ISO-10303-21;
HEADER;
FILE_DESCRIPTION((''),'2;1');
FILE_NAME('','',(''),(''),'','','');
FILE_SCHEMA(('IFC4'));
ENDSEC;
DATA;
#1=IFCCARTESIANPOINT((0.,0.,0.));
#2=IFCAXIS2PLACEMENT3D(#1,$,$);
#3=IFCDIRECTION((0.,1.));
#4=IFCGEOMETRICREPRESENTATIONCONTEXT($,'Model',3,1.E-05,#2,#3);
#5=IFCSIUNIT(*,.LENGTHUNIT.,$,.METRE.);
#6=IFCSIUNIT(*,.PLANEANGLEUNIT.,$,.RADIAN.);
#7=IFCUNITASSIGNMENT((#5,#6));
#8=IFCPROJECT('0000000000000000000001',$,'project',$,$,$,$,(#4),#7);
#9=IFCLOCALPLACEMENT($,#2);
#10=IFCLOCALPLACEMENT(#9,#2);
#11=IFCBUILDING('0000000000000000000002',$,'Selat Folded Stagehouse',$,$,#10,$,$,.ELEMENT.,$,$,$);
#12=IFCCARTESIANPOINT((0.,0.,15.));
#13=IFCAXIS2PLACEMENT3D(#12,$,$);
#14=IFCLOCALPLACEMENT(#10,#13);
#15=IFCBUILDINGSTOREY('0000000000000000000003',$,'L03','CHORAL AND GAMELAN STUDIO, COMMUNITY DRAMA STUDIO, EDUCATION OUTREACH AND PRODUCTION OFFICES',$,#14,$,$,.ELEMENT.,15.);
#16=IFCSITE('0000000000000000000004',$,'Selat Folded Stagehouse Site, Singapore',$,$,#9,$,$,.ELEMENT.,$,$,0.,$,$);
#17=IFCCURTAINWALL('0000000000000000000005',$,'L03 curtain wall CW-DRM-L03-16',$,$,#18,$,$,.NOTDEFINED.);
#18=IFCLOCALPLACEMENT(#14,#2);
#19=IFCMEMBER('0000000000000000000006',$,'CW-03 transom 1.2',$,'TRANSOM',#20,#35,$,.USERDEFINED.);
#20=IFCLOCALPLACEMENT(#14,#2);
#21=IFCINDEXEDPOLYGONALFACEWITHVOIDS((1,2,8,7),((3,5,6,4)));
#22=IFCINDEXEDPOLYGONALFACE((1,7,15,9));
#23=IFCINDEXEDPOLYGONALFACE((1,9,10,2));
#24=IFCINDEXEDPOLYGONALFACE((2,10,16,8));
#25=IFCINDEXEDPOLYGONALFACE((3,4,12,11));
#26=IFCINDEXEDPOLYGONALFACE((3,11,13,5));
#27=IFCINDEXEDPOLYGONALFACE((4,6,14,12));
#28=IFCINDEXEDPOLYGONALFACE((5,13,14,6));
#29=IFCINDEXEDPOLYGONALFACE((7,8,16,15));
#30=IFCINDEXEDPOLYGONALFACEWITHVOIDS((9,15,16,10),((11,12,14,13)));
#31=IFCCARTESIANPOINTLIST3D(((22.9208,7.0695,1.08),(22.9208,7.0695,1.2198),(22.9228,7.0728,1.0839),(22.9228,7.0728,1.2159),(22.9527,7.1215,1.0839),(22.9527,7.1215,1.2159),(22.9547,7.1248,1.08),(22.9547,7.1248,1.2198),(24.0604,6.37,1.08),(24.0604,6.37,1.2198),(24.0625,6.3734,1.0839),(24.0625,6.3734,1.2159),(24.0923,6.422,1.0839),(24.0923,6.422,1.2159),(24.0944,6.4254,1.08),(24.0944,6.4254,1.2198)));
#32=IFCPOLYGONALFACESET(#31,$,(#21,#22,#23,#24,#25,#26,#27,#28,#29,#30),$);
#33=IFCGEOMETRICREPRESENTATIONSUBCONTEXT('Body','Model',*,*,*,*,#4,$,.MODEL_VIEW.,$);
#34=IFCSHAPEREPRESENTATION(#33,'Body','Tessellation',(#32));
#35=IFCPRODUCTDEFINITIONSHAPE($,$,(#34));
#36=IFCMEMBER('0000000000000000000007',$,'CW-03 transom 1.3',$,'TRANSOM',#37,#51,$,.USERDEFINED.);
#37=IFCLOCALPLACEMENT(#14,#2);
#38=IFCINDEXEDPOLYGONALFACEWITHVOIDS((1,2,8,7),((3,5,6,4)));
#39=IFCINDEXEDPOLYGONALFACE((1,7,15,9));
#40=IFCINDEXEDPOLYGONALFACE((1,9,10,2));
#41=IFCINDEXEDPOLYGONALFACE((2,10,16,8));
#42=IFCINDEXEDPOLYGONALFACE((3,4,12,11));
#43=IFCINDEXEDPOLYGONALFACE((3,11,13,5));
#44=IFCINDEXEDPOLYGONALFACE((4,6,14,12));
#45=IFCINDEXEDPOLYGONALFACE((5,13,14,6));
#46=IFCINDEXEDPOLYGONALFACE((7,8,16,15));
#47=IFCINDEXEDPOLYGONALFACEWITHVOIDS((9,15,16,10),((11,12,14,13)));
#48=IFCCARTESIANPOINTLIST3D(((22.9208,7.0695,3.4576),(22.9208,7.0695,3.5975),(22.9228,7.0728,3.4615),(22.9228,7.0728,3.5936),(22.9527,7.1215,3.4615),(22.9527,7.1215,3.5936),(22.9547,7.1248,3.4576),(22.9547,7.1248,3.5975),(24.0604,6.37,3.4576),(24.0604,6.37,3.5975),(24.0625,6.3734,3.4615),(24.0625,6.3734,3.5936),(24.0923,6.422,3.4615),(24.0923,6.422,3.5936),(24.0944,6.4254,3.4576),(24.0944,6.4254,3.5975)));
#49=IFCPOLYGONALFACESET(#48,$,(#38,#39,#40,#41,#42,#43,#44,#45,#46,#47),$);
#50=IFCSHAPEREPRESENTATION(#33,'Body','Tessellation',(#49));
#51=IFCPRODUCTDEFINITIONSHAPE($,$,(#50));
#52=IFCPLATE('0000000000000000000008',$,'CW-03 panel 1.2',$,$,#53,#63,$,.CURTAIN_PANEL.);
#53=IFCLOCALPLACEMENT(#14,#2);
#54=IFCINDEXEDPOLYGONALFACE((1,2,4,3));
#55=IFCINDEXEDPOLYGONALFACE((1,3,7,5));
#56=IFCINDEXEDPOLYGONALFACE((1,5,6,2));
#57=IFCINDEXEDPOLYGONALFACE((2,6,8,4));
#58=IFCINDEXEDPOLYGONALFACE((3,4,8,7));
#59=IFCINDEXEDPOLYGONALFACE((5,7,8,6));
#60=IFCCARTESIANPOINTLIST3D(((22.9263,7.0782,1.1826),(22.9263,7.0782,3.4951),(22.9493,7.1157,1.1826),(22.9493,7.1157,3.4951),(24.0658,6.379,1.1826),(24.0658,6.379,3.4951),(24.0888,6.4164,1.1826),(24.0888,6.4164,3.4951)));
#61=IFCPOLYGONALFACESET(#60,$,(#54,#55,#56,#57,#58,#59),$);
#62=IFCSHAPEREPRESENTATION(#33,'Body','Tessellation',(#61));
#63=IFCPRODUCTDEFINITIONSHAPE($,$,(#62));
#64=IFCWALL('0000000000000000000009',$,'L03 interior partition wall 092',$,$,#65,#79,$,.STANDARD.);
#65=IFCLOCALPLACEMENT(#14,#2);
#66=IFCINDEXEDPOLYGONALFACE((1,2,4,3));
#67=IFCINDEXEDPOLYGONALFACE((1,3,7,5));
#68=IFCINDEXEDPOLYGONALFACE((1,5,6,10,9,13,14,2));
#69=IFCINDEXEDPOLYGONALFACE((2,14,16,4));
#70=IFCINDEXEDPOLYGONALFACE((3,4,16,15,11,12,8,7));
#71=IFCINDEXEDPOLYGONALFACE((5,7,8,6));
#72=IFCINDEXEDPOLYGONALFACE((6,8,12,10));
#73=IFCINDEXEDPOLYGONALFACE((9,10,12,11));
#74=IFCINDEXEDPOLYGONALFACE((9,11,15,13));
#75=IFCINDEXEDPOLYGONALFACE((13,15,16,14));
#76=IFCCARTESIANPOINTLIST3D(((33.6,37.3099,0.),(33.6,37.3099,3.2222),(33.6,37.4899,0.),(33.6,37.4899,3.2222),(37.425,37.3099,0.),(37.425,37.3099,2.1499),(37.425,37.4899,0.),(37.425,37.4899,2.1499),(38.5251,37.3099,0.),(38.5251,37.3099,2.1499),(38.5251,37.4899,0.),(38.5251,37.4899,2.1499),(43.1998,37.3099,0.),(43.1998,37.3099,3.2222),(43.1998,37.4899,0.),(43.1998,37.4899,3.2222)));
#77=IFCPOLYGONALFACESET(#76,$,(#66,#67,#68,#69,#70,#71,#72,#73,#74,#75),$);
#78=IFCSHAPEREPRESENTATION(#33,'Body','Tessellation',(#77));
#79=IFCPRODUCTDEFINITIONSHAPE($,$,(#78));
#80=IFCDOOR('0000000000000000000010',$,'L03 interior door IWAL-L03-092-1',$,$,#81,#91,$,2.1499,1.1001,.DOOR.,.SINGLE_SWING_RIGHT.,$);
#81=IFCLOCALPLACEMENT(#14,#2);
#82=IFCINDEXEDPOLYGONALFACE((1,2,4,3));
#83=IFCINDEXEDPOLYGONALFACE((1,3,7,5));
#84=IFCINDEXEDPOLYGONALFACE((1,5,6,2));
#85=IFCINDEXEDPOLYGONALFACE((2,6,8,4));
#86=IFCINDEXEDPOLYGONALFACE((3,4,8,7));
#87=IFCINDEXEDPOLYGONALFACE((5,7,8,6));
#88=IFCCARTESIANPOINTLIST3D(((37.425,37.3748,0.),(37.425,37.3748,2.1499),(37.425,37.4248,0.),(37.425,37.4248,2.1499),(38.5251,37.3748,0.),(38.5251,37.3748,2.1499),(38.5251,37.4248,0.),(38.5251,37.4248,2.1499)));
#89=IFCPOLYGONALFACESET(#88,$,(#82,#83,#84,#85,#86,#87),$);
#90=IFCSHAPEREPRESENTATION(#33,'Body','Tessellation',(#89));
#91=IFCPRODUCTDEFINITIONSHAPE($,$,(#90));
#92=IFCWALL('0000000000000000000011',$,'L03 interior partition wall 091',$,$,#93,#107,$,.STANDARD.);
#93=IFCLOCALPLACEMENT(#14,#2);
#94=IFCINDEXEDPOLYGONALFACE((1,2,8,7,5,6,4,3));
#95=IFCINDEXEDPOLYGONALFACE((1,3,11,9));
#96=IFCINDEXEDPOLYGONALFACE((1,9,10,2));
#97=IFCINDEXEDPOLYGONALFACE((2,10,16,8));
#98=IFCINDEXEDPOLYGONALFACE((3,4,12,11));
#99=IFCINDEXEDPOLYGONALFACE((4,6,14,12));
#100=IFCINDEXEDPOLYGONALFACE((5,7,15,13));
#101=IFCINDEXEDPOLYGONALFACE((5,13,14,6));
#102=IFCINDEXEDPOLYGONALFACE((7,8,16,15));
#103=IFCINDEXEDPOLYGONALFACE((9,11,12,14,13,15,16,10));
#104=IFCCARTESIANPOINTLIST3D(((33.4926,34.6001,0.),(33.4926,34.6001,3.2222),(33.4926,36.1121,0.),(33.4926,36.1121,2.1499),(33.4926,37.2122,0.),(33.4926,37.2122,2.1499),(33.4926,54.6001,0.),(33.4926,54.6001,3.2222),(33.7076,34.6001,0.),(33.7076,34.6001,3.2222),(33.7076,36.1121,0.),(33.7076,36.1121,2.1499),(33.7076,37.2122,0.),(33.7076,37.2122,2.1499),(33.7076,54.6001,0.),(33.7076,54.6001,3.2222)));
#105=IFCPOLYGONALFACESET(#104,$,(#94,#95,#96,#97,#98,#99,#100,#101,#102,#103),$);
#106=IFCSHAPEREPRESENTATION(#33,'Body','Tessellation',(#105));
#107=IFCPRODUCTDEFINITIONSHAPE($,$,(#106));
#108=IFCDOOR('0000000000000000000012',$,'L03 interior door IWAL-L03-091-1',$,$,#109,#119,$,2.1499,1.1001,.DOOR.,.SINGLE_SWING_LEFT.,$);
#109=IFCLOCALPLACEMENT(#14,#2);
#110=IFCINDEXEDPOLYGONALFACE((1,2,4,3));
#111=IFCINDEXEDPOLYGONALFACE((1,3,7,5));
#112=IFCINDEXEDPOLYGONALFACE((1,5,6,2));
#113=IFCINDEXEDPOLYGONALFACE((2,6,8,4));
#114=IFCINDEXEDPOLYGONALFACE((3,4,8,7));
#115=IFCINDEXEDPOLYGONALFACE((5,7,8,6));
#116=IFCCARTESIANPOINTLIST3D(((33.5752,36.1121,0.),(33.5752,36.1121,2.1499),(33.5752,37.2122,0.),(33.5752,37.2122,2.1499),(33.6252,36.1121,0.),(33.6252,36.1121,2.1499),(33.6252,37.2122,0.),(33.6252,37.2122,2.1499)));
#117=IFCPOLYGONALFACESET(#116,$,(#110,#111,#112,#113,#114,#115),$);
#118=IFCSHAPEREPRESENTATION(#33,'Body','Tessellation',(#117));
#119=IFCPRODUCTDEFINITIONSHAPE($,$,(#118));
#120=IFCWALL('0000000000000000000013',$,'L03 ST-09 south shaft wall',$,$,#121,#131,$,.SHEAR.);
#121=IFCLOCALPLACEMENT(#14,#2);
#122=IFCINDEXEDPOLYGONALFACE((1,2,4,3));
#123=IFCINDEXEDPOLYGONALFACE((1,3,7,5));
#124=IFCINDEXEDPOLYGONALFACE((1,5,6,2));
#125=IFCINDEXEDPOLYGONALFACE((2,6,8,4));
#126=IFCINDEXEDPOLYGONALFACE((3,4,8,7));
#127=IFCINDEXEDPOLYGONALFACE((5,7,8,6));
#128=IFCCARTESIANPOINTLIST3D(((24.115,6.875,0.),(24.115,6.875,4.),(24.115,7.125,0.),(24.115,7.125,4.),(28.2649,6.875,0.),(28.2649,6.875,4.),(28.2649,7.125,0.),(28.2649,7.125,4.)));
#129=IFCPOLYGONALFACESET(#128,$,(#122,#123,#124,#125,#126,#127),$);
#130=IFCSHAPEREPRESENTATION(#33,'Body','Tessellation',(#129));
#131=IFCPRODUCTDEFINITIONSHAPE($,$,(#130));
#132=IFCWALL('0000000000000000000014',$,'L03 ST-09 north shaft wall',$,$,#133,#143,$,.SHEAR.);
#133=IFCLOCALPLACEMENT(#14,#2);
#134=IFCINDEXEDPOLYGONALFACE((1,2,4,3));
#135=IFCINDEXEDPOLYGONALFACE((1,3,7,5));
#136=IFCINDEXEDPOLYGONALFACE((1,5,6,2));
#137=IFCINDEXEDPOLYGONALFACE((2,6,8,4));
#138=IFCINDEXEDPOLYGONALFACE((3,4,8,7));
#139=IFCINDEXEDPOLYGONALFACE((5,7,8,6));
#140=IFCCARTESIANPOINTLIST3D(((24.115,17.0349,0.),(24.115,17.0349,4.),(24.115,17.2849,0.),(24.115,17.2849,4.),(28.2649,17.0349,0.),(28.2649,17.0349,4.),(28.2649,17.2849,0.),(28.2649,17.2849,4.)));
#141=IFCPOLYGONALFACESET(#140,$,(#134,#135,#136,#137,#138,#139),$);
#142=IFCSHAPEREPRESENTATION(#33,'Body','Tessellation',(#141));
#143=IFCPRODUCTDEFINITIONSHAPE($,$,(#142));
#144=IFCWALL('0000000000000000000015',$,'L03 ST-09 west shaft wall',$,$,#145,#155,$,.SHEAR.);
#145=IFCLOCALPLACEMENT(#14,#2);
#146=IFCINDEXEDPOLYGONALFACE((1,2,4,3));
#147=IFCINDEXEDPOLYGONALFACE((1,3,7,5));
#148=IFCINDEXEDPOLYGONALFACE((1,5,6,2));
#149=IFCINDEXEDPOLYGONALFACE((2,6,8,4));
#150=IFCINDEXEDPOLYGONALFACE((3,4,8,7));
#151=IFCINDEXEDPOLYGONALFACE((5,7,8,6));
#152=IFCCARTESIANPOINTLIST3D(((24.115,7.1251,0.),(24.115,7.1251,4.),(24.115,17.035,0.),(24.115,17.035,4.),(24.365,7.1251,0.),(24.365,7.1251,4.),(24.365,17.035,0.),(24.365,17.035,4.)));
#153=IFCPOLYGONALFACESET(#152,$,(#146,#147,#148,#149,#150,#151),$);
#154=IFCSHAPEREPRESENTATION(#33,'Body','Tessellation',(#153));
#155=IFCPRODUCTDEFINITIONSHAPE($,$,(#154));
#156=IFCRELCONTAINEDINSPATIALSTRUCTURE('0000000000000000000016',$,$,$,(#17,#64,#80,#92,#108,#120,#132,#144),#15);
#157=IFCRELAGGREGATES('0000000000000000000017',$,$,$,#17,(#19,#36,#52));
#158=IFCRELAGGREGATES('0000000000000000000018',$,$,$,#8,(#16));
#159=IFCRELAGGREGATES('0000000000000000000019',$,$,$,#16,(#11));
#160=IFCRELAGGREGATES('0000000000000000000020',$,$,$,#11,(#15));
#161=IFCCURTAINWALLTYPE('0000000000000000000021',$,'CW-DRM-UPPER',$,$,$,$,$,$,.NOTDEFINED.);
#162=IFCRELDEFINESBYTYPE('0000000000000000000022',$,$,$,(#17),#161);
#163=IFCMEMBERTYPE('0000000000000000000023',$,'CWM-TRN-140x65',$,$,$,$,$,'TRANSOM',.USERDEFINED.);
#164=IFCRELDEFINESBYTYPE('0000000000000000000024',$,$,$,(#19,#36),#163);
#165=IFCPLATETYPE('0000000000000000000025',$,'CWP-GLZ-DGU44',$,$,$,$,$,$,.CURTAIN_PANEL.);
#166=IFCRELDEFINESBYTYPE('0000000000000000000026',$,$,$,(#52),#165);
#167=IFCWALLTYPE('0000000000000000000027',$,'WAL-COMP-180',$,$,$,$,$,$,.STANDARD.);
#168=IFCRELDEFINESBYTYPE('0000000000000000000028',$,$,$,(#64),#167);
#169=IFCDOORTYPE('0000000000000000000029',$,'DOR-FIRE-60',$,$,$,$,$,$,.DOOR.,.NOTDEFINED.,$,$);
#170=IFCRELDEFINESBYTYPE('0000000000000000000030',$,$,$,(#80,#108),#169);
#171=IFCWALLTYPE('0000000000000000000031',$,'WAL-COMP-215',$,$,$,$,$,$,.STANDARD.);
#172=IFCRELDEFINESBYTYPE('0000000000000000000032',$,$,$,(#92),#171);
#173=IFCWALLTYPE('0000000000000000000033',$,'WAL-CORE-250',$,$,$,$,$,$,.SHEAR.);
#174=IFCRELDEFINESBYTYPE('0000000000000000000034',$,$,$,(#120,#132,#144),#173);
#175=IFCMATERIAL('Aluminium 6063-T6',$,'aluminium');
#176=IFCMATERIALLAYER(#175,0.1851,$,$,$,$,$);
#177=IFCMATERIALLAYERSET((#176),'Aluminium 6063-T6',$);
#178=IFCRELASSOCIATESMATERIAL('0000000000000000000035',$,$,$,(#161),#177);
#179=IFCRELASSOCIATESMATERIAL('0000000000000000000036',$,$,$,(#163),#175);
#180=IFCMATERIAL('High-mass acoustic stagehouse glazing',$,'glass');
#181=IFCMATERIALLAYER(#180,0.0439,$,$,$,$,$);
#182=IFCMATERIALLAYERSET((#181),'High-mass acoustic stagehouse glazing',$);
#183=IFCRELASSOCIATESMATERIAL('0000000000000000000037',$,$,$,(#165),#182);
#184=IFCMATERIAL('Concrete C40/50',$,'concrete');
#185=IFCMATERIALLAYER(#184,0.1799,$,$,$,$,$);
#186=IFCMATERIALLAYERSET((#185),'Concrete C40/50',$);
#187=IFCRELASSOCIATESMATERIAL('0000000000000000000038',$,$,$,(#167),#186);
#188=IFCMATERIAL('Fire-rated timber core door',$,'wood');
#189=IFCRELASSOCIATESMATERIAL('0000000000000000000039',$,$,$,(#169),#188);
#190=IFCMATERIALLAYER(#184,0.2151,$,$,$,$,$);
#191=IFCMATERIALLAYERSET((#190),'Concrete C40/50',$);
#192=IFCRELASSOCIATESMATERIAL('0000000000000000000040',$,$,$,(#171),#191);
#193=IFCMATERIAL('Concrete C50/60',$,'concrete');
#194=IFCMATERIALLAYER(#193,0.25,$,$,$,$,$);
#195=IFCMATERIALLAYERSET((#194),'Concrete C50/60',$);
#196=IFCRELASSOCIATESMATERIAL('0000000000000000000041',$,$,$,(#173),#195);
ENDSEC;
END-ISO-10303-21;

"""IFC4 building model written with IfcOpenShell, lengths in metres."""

from ifc_helpers import new_model, si_unit, direction, frame, frame_2d, origin, origin_2d, place, context, subcontext, project, spatial, rectangle, hollow_rectangle, extrude, material, layer, layer_set, material_profile, profile_set, type_object, element, fill, aggregate, save


model = new_model("IFC4")

# Units and contexts
model_context = context("Model", 3, precision=1e-05, world=origin(), true_north=direction((0.0, 1.0)))
body_context = subcontext(model_context, "Body", "Model", "MODEL_VIEW")
ifc_project = project(units=[si_unit("LENGTHUNIT", "METRE"), si_unit("PLANEANGLEUNIT", "RADIAN")], contexts=[model_context])

# Site, building, storey
site_placement = place(None, origin())
site = spatial("IfcSite", under=ifc_project, at=site_placement, Name="Selat Folded Stagehouse Site, Singapore", CompositionType="ELEMENT", RefElevation=0.0)
building_placement = place(site_placement, origin())
building = spatial("IfcBuilding", under=site, at=building_placement, Name="Selat Folded Stagehouse", CompositionType="ELEMENT")
storey_placement = place(building_placement, frame((0.0, 0.0, 15.0)))
storey = spatial("IfcBuildingStorey", under=building, at=storey_placement, Name="L03", Description="CHORAL AND GAMELAN STUDIO, COMMUNITY DRAMA STUDIO, EDUCATION OUTREACH AND PRODUCTION OFFICES", CompositionType="ELEMENT", Elevation=15.0)

# Curtain wall, members, plate
ifc_material_1 = material(Name="Aluminium 6063-T6", Category="aluminium")
ifc_layer_1 = layer(ifc_material_1, 0.1851)
ifc_layer_set_1 = layer_set([ifc_layer_1], Name="Aluminium 6063-T6")
curtain_wall_type = type_object("IfcCurtainWallType", Name="CW-DRM-UPPER", PredefinedType="NOTDEFINED", material=ifc_layer_set_1)
curtain_wall_placement = place(storey_placement, origin())
curtain_wall = element("IfcCurtainWall", 1, at=curtain_wall_placement, inside=storey, type_object=curtain_wall_type, Name="L03 curtain wall CW-DRM-L03-16", PredefinedType="NOTDEFINED")
ifc_material_profile_1 = material_profile(ifc_material_1, hollow_rectangle(XDim=0.0649, YDim=0.1399, WallThickness=0.0039, at=origin_2d()), Name="ALU 140x65x4.0")
ifc_profile_set_1 = profile_set([ifc_material_profile_1], Name="Aluminium 6063-T6")
member_type_1 = type_object("IfcMemberType", Name="CWM-TRN-140x65", ElementType="TRANSOM", PredefinedType="USERDEFINED", material=ifc_profile_set_1)
member_1_placement = place(storey_placement, frame((24.0774, 6.3977, 1.1499), z_axis=(-0.852278, 0.523089, 0.0), x_axis=(-0.523089, -0.852278, 0.0)))
member_1 = element("IfcMember", 2, at=member_1_placement, type_object=member_type_1, Name="CW-03 transom 1.2", ObjectType="TRANSOM", PredefinedType="USERDEFINED", context=body_context, shape_type="SweptSolid", body=[
    extrude(hollow_rectangle(XDim=0.0649, YDim=0.1399, WallThickness=0.0039, at=origin_2d()), origin(), (0.0, 0.0, 1.0), 1.3372),
])
member_2_placement = place(storey_placement, frame((24.0774, 6.3977, 3.5276), z_axis=(-0.852278, 0.523089, 0.0), x_axis=(-0.523089, -0.852278, 0.0)))
member_2 = element("IfcMember", 3, at=member_2_placement, type_object=member_type_1, Name="CW-03 transom 1.3", ObjectType="TRANSOM", PredefinedType="USERDEFINED", context=body_context, shape_type="SweptSolid", body=[
    extrude(hollow_rectangle(XDim=0.0649, YDim=0.1399, WallThickness=0.0039, at=origin_2d()), origin(), (0.0, 0.0, 1.0), 1.3372),
])
ifc_material_2 = material(Name="High-mass acoustic stagehouse glazing", Category="glass")
ifc_layer_2 = layer(ifc_material_2, 0.0439)
ifc_layer_set_2 = layer_set([ifc_layer_2], Name="High-mass acoustic stagehouse glazing")
plate_type = type_object("IfcPlateType", Name="CWP-GLZ-DGU44", PredefinedType="CURTAIN_PANEL", material=ifc_layer_set_2)
plate_placement = place(storey_placement, frame((23.5076, 6.7473, 1.1826), z_axis=(0.0, 0.0, 1.0), x_axis=(-0.852317, 0.523025, 0.0)))
plate = element("IfcPlate", 4, at=plate_placement, type_object=plate_type, Name="CW-03 panel 1.2", PredefinedType="CURTAIN_PANEL", context=body_context, shape_type="SweptSolid", body=[
    extrude(rectangle(XDim=1.3369, YDim=0.0439, at=origin_2d()), origin(), (0.0, 0.0, 1.0), 2.3125),
])
aggregate(curtain_wall, [member_1, member_2, plate])

# Walls, openings, doors
ifc_material_3 = material(Name="Concrete C40/50", Category="concrete")
ifc_layer_3 = layer(ifc_material_3, 0.1799)
ifc_layer_set_3 = layer_set([ifc_layer_3], Name="Concrete C40/50")
wall_type_1 = type_object("IfcWallType", Name="WAL-COMP-180", PredefinedType="STANDARD", material=ifc_layer_set_3)
wall_1_placement = place(storey_placement, frame((33.6001, 37.3999, 0.0), z_axis=(0.0, 0.0, 1.0), x_axis=(1.0, 0.0, 0.0)))
wall_1 = element("IfcWall", 5, at=wall_1_placement, inside=storey, type_object=wall_type_1, Name="L03 interior partition wall 092", PredefinedType="STANDARD", context=body_context, shape_type="SweptSolid", body=[
    extrude(rectangle(XDim=9.5999, YDim=0.1799, at=frame_2d((4.7998, 0.0))), origin(), (0.0, 0.0, 1.0), 3.2222),
])
opening_1_placement = place(wall_1_placement, frame((3.825, 0.0, 0.0)))
opening_1 = element("IfcOpeningElement", 6, at=opening_1_placement, cuts=wall_1, PredefinedType="OPENING", context=body_context, shape_type="SweptSolid", body=[
    extrude(rectangle(XDim=1.1001, YDim=2.1499, at=frame_2d((0.55, 1.075))), frame((0.0, 0.0999, 0.0), z_axis=(0.0, -1.0, 0.0), x_axis=(1.0, 0.0, 0.0)), (0.0, 0.0, 1.0), 0.2),
])
ifc_material_4 = material(Name="Fire-rated timber core door", Category="wood")
door_type = type_object("IfcDoorType", Name="DOR-FIRE-60", OperationType="NOTDEFINED", PredefinedType="DOOR", material=ifc_material_4)
door_1_placement = place(opening_1_placement, origin())
door_1 = element("IfcDoor", 7, at=door_1_placement, inside=storey, type_object=door_type, Name="L03 interior door IWAL-L03-092-1", OperationType="SINGLE_SWING_RIGHT", OverallHeight=2.1499, OverallWidth=1.1001, PredefinedType="DOOR", context=body_context, shape_type="SweptSolid", body=[
    extrude(rectangle(XDim=1.1001, YDim=2.1499, at=frame_2d((0.55, 1.075))), frame((0.0, 0.0249, 0.0), z_axis=(0.0, -1.0, 0.0), x_axis=(1.0, 0.0, 0.0)), (0.0, 0.0, 1.0), 0.05),
])
fill(opening_1, door_1)
ifc_layer_4 = layer(ifc_material_3, 0.2151)
ifc_layer_set_4 = layer_set([ifc_layer_4], Name="Concrete C40/50")
wall_type_2 = type_object("IfcWallType", Name="WAL-COMP-215", PredefinedType="STANDARD", material=ifc_layer_set_4)
wall_2_placement = place(storey_placement, frame((33.6001, 34.6001, 0.0), z_axis=(0.0, 0.0, 1.0), x_axis=(0.0, 1.0, 0.0)))
wall_2 = element("IfcWall", 8, at=wall_2_placement, inside=storey, type_object=wall_type_2, Name="L03 interior partition wall 091", PredefinedType="STANDARD", context=body_context, shape_type="SweptSolid", body=[
    extrude(rectangle(XDim=20.0, YDim=0.2151, at=frame_2d((10.0, 0.0))), origin(), (0.0, 0.0, 1.0), 3.2222),
])
opening_2_placement = place(wall_2_placement, frame((1.512, 0.0, 0.0)))
opening_2 = element("IfcOpeningElement", 9, at=opening_2_placement, cuts=wall_2, PredefinedType="OPENING", context=body_context, shape_type="SweptSolid", body=[
    extrude(rectangle(XDim=1.1001, YDim=2.1499, at=frame_2d((0.55, 1.075))), frame((0.0, 0.1174, 0.0), z_axis=(0.0, -1.0, 0.0), x_axis=(1.0, 0.0, 0.0)), (0.0, 0.0, 1.0), 0.2351),
])
door_2_placement = place(opening_2_placement, origin())
door_2 = element("IfcDoor", 10, at=door_2_placement, inside=storey, type_object=door_type, Name="L03 interior door IWAL-L03-091-1", OperationType="SINGLE_SWING_LEFT", OverallHeight=2.1499, OverallWidth=1.1001, PredefinedType="DOOR", context=body_context, shape_type="SweptSolid", body=[
    extrude(rectangle(XDim=1.1001, YDim=2.1499, at=frame_2d((0.55, 1.075))), frame((0.0, 0.0249, 0.0), z_axis=(0.0, -1.0, 0.0), x_axis=(1.0, 0.0, 0.0)), (0.0, 0.0, 1.0), 0.05),
])
fill(opening_2, door_2)

# Walls
ifc_material_5 = material(Name="Concrete C50/60", Category="concrete")
ifc_layer_5 = layer(ifc_material_5, 0.25)
ifc_layer_set_5 = layer_set([ifc_layer_5], Name="Concrete C50/60")
wall_type_3 = type_object("IfcWallType", Name="WAL-CORE-250", PredefinedType="SHEAR", material=ifc_layer_set_5)
for number, where, z_axis, x_axis, name in (
    (11, (28.2649, 7.0, 0.0), (0.0, 0.0, 1.0), (-1.0, 0.0, 0.0), "L03 ST-09 south shaft wall"),
    (12, (24.115, 17.1599, 0.0), (0.0, 0.0, 1.0), (1.0, 0.0, 0.0), "L03 ST-09 north shaft wall"),
):
    element("IfcWall", number, at=place(storey_placement, frame(where, z_axis=z_axis, x_axis=x_axis)), inside=storey, type_object=wall_type_3, Name=name, PredefinedType="SHEAR", context=body_context, shape_type="SweptSolid", body=[
        extrude(rectangle(XDim=4.1499, YDim=0.25, at=frame_2d((2.075, 0.0))), origin(), (0.0, 0.0, 1.0), 4.0),
    ])
wall_3_placement = place(storey_placement, frame((24.24, 7.125, 0.0), z_axis=(0.0, 0.0, 1.0), x_axis=(0.0, 1.0, 0.0)))
element("IfcWall", 13, at=wall_3_placement, inside=storey, type_object=wall_type_3, Name="L03 ST-09 west shaft wall", PredefinedType="SHEAR", context=body_context, shape_type="SweptSolid", body=[
    extrude(rectangle(XDim=9.9099, YDim=0.25, at=frame_2d((4.9551, 0.0))), origin(), (0.0, 0.0, 1.0), 4.0),
])

save(model, "model.ifc")
